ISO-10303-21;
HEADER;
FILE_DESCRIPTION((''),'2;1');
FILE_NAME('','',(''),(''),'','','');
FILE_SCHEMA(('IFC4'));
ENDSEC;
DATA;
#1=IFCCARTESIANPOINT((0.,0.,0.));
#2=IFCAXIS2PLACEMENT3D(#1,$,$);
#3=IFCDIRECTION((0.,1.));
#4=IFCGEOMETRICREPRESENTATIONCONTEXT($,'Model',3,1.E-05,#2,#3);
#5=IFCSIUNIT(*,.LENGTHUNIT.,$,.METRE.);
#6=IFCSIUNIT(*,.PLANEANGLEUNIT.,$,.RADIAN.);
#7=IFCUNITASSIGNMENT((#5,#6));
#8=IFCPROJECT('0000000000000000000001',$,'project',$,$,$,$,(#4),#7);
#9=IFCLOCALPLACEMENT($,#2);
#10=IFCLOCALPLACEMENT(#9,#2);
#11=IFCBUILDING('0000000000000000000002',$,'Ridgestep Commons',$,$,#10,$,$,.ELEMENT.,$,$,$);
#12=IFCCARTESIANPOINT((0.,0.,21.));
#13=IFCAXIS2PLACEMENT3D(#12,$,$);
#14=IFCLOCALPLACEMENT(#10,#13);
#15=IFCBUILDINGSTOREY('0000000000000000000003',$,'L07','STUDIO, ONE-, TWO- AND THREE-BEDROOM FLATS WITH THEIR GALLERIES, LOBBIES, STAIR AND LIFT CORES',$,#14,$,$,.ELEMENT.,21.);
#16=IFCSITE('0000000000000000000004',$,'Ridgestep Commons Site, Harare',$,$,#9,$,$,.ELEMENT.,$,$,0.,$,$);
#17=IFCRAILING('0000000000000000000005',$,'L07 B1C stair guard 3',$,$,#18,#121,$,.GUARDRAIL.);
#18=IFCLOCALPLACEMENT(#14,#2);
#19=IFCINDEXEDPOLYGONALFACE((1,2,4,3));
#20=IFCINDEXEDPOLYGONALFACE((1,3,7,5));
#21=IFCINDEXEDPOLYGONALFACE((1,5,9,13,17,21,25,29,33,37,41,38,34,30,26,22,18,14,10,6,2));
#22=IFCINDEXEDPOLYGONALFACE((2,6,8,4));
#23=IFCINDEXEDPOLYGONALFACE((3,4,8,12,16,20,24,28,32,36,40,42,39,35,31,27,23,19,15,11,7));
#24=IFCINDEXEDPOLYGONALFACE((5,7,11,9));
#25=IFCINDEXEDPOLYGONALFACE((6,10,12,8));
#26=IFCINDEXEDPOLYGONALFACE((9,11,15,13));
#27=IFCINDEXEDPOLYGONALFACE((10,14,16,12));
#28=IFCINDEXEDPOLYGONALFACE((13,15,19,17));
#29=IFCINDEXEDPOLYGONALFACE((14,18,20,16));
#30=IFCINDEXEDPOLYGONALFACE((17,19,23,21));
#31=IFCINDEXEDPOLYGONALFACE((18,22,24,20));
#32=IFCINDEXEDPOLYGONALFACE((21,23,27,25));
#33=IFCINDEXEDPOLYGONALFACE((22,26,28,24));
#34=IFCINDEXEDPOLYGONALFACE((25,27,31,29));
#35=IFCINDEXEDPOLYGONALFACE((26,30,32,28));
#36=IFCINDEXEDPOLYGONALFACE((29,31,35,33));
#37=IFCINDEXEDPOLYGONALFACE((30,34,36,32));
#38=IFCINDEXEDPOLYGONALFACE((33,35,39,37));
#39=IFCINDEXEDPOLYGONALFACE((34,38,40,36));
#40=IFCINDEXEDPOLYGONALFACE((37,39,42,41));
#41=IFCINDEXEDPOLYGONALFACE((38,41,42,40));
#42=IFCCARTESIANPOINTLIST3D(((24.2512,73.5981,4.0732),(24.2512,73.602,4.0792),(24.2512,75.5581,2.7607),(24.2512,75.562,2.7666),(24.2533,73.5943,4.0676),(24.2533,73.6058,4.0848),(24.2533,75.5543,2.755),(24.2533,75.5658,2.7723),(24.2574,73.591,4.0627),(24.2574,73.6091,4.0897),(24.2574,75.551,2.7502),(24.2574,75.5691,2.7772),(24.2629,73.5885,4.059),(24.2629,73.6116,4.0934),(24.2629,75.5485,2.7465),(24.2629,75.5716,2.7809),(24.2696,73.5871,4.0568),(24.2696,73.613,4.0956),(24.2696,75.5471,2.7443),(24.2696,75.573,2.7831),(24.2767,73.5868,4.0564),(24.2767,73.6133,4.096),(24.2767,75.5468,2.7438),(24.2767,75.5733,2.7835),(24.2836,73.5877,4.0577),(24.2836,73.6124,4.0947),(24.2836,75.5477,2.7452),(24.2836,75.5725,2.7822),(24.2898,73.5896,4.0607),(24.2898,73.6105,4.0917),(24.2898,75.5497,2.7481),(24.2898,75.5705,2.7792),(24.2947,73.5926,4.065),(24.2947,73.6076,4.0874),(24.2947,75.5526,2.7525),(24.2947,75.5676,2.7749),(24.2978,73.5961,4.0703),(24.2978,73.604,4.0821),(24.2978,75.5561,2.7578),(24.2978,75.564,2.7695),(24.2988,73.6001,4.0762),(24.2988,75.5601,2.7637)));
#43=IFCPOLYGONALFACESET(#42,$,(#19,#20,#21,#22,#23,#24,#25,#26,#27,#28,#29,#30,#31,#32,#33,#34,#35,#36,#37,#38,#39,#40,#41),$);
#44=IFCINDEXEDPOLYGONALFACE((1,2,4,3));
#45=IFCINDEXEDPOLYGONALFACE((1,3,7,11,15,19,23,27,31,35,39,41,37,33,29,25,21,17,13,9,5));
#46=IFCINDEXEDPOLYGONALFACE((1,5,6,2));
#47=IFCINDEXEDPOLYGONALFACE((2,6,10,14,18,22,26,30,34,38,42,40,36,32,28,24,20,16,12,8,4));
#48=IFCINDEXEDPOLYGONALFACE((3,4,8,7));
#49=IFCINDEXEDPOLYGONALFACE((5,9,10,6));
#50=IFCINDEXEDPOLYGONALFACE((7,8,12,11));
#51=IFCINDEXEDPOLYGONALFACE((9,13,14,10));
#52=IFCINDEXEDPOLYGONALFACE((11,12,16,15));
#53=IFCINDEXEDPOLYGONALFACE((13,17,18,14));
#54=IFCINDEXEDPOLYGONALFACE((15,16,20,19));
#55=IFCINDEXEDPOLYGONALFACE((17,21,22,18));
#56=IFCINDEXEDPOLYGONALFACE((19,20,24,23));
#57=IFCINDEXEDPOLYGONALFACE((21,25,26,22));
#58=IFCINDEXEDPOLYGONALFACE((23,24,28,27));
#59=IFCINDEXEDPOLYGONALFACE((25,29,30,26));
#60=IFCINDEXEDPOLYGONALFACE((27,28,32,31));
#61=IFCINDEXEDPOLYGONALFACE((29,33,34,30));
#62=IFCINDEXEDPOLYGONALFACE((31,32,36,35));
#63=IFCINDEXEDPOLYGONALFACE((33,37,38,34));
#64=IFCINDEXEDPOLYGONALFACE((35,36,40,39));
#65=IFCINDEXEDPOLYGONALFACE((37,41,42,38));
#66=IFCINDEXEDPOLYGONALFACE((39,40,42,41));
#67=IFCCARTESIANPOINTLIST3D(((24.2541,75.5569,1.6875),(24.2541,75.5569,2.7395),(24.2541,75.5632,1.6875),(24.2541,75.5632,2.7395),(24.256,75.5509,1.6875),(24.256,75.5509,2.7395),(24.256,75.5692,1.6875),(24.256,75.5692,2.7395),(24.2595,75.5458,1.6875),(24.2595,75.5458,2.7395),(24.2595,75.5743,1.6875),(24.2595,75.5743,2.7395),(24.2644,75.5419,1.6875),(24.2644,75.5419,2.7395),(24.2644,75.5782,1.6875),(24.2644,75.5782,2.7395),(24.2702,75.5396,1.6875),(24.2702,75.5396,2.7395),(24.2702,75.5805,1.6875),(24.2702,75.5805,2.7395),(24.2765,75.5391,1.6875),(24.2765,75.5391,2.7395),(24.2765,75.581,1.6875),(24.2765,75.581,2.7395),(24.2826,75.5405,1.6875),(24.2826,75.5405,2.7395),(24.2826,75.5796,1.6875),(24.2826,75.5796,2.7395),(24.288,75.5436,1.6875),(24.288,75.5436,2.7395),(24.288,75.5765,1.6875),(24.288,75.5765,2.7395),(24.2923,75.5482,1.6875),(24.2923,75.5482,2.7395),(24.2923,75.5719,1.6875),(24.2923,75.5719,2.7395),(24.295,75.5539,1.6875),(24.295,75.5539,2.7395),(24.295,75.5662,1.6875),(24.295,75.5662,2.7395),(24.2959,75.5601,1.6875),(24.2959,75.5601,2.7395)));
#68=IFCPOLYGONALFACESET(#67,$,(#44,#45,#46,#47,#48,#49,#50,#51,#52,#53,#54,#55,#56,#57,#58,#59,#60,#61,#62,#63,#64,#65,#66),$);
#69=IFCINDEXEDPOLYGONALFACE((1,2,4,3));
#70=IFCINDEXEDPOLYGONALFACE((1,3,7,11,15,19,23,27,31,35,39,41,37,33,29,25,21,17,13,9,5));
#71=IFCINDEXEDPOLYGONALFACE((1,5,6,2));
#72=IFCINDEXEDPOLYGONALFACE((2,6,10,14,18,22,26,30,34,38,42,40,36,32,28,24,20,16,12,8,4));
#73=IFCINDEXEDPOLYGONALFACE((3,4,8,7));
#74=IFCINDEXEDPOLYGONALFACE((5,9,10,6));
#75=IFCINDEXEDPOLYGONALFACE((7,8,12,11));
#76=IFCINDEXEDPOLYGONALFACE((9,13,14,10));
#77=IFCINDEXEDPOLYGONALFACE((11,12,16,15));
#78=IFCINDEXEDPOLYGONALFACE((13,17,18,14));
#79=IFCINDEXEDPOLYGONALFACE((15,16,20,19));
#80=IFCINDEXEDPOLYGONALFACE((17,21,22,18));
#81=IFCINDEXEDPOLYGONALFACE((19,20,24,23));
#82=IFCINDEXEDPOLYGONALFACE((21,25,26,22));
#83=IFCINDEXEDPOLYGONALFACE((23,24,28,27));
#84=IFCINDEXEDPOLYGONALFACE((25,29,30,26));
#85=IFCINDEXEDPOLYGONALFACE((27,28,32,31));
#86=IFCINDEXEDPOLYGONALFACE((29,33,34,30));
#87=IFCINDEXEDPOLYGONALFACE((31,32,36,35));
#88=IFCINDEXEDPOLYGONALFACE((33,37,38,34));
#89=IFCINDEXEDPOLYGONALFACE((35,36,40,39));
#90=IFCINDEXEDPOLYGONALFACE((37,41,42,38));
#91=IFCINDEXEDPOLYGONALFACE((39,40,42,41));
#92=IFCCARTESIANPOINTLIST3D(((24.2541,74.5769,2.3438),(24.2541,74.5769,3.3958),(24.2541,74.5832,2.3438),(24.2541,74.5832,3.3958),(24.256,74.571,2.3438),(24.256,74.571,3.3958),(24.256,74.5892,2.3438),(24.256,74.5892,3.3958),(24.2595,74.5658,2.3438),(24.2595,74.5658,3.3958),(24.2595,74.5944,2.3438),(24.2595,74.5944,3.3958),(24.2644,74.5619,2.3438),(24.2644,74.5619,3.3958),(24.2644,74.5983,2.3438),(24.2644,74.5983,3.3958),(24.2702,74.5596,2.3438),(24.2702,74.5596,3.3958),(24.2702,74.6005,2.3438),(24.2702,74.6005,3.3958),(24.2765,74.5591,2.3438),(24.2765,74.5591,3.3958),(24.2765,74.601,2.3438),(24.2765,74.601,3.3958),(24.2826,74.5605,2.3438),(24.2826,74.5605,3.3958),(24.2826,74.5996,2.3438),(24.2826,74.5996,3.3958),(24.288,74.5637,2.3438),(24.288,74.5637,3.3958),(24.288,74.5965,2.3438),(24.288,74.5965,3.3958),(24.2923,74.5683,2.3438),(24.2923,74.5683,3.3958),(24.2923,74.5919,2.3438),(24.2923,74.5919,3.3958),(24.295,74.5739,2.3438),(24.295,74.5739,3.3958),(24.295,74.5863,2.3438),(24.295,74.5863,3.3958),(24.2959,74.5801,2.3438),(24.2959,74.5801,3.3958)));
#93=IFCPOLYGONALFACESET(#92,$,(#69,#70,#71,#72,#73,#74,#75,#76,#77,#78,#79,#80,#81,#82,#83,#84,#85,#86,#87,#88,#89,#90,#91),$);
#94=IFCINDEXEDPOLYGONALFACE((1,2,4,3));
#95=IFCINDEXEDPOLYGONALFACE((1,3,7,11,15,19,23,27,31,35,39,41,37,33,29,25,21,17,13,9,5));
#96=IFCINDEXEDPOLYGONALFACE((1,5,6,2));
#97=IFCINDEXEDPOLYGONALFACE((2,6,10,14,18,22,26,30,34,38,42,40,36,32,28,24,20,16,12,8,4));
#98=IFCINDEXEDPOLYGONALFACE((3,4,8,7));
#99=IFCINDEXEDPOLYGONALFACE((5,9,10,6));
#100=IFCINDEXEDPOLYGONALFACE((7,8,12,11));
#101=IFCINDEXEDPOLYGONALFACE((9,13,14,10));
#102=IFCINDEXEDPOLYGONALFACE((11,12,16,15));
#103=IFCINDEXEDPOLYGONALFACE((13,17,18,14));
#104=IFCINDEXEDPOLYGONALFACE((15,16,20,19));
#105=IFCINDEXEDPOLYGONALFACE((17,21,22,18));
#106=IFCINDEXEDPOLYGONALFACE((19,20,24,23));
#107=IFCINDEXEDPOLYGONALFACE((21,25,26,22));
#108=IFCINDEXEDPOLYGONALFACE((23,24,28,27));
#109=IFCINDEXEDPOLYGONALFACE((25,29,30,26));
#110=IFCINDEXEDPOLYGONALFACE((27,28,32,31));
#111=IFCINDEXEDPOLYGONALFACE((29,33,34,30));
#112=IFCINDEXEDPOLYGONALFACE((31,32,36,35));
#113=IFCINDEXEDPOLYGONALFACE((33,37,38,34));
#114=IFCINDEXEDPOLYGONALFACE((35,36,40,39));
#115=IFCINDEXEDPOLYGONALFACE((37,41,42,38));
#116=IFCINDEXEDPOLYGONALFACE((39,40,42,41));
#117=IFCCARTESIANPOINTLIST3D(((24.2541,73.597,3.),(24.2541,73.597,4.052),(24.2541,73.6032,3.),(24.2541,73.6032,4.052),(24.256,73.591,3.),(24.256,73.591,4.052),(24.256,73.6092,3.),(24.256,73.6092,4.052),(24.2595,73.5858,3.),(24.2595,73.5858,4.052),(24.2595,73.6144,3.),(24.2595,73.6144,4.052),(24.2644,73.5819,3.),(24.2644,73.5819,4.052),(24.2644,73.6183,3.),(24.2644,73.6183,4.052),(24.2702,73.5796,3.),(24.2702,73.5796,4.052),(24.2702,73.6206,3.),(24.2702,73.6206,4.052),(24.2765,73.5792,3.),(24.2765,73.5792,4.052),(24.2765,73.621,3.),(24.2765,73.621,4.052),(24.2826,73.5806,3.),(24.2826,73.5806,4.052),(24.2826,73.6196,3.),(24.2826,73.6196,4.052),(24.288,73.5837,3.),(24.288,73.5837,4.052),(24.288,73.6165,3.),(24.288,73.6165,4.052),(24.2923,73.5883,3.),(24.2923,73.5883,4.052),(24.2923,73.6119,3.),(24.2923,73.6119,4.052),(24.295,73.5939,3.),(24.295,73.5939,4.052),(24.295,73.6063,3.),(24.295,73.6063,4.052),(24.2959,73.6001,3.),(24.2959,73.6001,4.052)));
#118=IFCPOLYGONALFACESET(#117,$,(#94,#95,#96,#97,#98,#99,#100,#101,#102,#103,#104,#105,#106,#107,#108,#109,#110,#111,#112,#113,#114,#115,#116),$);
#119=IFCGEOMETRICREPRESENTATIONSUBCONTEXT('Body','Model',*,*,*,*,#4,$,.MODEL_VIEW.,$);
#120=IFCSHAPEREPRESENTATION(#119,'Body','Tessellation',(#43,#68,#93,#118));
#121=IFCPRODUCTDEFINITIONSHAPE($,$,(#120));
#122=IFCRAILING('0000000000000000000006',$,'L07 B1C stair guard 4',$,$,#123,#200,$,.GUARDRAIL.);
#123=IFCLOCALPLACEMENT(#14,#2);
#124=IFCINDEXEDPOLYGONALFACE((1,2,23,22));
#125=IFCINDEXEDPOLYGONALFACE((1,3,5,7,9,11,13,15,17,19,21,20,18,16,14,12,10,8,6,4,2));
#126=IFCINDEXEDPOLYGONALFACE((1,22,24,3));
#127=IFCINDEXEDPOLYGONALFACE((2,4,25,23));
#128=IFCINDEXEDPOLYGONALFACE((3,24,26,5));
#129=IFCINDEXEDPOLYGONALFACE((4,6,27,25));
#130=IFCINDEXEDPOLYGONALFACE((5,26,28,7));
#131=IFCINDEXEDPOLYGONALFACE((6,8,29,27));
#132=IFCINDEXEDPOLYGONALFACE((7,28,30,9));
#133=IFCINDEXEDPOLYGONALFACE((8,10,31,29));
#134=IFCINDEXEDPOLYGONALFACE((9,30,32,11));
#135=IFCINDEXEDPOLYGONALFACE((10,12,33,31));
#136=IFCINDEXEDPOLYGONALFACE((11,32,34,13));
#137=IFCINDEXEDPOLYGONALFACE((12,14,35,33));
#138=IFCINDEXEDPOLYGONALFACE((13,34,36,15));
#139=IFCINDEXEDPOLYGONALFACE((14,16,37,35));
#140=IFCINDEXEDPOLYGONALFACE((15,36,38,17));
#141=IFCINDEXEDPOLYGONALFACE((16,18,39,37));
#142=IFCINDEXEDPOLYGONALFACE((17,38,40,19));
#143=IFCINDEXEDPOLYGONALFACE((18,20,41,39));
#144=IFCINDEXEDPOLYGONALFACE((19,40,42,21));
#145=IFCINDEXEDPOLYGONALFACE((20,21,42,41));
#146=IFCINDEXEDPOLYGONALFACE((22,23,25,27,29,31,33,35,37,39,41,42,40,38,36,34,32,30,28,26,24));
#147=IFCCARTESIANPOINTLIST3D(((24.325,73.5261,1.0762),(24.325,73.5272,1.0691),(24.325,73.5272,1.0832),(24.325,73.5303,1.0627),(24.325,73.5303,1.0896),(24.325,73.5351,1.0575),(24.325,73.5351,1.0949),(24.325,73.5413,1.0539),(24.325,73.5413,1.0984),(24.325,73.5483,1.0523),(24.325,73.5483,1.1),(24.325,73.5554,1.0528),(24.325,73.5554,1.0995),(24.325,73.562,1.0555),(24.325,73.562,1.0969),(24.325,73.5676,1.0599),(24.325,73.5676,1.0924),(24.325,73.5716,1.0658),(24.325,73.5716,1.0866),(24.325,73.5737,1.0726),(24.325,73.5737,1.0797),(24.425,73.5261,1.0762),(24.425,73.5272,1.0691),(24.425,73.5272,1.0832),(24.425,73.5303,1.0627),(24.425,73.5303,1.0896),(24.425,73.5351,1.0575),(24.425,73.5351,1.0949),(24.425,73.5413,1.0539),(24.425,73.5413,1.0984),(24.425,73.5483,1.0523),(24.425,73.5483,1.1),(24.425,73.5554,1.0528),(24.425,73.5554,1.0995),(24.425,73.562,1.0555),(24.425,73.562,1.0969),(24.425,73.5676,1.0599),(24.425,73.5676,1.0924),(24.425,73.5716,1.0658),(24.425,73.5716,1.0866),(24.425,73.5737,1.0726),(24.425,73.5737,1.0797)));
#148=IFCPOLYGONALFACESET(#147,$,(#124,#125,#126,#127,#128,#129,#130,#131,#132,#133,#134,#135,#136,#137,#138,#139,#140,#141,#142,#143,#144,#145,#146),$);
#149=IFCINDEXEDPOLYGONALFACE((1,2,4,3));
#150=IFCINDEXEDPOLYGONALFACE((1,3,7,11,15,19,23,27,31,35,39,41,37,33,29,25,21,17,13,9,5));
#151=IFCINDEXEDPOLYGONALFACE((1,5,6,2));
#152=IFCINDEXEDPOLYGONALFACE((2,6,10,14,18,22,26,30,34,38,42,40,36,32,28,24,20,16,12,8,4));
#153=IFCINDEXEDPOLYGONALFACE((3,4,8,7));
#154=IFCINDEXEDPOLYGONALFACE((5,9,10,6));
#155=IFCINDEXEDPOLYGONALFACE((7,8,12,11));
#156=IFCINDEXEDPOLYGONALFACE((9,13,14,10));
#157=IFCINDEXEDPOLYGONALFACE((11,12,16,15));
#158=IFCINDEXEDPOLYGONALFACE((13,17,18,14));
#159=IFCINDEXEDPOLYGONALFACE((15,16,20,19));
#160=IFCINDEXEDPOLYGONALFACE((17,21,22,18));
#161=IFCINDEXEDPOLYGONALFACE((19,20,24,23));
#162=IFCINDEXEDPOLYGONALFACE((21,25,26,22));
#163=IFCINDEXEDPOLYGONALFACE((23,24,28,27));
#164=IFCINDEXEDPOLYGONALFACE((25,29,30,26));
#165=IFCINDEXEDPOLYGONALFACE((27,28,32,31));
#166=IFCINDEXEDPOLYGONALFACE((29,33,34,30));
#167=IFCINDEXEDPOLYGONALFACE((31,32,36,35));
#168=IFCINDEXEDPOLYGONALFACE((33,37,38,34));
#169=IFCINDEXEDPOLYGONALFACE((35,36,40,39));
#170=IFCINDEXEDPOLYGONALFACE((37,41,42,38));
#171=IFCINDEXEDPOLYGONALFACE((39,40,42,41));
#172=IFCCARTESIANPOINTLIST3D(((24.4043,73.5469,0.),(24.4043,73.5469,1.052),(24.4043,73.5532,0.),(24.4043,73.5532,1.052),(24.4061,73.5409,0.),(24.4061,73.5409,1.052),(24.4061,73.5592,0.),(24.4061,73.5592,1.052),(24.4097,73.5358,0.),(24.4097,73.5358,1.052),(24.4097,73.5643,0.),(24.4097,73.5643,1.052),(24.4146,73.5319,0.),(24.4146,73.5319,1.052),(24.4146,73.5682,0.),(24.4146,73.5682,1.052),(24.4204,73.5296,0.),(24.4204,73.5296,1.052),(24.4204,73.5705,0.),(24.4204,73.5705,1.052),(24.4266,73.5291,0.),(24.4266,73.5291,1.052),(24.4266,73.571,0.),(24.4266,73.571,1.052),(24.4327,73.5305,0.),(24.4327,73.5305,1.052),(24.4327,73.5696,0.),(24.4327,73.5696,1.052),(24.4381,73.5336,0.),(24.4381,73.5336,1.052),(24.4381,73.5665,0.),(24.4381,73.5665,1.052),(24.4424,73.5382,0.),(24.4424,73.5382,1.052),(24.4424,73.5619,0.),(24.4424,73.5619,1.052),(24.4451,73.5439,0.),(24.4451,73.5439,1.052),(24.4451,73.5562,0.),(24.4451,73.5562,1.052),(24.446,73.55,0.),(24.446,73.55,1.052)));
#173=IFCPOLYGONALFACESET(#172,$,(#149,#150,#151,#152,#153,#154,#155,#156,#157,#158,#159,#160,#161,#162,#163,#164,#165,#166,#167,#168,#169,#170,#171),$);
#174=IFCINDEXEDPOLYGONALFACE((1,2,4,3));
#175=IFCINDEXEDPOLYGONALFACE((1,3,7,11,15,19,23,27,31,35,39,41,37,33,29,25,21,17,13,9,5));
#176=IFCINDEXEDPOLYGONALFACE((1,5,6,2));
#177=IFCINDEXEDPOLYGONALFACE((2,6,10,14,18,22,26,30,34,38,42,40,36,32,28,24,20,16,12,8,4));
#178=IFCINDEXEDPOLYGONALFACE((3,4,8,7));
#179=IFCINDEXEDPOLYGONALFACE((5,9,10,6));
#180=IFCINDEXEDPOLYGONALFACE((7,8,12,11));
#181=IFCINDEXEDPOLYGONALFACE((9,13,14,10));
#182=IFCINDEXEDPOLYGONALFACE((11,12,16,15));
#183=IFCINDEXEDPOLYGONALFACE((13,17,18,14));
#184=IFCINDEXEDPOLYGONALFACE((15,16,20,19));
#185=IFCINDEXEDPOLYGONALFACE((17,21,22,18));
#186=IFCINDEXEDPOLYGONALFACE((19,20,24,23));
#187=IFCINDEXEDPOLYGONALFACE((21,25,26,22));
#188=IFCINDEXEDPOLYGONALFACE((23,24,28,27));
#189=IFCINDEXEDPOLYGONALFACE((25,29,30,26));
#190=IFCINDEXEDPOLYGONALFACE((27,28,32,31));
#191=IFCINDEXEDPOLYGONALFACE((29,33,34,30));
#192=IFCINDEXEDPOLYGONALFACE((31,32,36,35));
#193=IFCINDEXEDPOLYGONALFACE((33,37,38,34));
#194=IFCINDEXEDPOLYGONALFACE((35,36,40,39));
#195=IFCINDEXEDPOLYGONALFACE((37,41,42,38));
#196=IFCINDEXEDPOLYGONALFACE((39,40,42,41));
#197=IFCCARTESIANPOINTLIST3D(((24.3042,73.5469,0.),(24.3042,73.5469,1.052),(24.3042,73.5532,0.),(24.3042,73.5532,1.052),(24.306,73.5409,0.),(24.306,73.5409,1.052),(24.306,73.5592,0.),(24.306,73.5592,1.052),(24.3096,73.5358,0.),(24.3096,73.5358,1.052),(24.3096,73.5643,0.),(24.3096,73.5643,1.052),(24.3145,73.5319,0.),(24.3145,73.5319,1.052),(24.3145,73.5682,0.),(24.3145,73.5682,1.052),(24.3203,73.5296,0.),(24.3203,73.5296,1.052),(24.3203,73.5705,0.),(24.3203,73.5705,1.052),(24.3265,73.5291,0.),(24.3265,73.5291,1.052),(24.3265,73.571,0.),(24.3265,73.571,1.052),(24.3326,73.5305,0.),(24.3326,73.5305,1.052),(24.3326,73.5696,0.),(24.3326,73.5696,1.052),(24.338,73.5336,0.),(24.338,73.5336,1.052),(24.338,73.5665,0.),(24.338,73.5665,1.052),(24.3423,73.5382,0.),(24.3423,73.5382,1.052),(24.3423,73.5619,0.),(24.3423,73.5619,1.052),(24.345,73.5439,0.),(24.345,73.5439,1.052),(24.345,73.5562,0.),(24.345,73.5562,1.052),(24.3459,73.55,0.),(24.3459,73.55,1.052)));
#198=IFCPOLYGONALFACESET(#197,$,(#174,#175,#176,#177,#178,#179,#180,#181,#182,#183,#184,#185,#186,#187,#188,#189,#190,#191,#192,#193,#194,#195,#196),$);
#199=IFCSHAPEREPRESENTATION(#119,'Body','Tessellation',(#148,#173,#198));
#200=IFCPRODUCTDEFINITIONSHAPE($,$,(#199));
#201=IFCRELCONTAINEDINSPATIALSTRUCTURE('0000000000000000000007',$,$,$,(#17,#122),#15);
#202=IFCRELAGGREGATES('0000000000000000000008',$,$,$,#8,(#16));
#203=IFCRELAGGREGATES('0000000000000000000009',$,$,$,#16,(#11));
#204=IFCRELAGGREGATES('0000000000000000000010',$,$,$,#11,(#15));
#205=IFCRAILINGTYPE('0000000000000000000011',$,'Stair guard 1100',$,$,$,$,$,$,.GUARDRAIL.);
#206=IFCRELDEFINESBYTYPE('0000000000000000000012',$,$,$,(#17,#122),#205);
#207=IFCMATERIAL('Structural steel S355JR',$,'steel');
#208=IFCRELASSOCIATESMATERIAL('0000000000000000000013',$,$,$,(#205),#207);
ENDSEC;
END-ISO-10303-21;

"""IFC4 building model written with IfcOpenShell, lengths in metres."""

from ifc_helpers import new_model, si_unit, direction, frame, origin, origin_2d, place, context, subcontext, project, spatial, circle, extrude, material, type_object, element, save


model = new_model("IFC4")

# Units and contexts
model_context = context("Model", 3, precision=1e-05, world=origin(), true_north=direction((0.0, 1.0)))
body_context = subcontext(model_context, "Body", "Model", "MODEL_VIEW")
ifc_project = project(units=[si_unit("LENGTHUNIT", "METRE"), si_unit("PLANEANGLEUNIT", "RADIAN")], contexts=[model_context])

# Site, building, storey
site_placement = place(None, origin())
site = spatial("IfcSite", under=ifc_project, at=site_placement, Name="Ridgestep Commons Site, Harare", CompositionType="ELEMENT", RefElevation=0.0)
building_placement = place(site_placement, origin())
building = spatial("IfcBuilding", under=site, at=building_placement, Name="Ridgestep Commons", CompositionType="ELEMENT")
storey_placement = place(building_placement, frame((0.0, 0.0, 21.0)))
storey = spatial("IfcBuildingStorey", under=building, at=storey_placement, Name="L07", Description="STUDIO, ONE-, TWO- AND THREE-BEDROOM FLATS WITH THEIR GALLERIES, LOBBIES, STAIR AND LIFT CORES", CompositionType="ELEMENT", Elevation=21.0)

# Railings
ifc_material_1 = material(Name="Structural steel S355JR", Category="steel")
railing_type_1 = type_object("IfcRailingType", Name="Stair guard 1100", PredefinedType="GUARDRAIL", material=ifc_material_1)
railing_1_placement = place(storey_placement, frame((24.2749, 75.5601, 1.6875)))
element("IfcRailing", 1, at=railing_1_placement, inside=storey, type_object=railing_type_1, Name="L07 B1C stair guard 3", PredefinedType="GUARDRAIL", context=body_context, shape_type="SweptSolid", body=[
    extrude(circle(Radius=0.0239, at=origin_2d()), frame((0.0, 0.0, 1.0762), z_axis=(0.0, -0.830902, 0.556419), x_axis=(1.0, 0.0, 0.0)), (0.0, 0.0, 1.0), 2.3589),
    extrude(circle(Radius=0.021, at=origin_2d()), origin(), (0.0, 0.0, 1.0), 1.052),
    extrude(circle(Radius=0.021, at=origin_2d()), frame((0.0, -0.98, 0.6562)), (0.0, 0.0, 1.0), 1.052),
    extrude(circle(Radius=0.021, at=origin_2d()), frame((0.0, -1.96, 1.3125)), (0.0, 0.0, 1.0), 1.052),
])
railing_2_placement = place(storey_placement, frame((24.425, 73.55, 0.0)))
element("IfcRailing", 2, at=railing_2_placement, inside=storey, type_object=railing_type_1, Name="L07 B1C stair guard 4", PredefinedType="GUARDRAIL", context=body_context, shape_type="SweptSolid", body=[
    extrude(circle(Radius=0.0239, at=origin_2d()), frame((0.0, 0.0, 1.0762), z_axis=(-1.0, 0.0, 0.0), x_axis=(0.0, -1.0, 0.0)), (0.0, 0.0, 1.0), 0.1001),
    extrude(circle(Radius=0.021, at=origin_2d()), origin(), (0.0, 0.0, 1.0), 1.052),
    extrude(circle(Radius=0.021, at=origin_2d()), frame((-0.1001, 0.0, 0.0)), (0.0, 0.0, 1.0), 1.052),
])

save(model, "model.ifc")
